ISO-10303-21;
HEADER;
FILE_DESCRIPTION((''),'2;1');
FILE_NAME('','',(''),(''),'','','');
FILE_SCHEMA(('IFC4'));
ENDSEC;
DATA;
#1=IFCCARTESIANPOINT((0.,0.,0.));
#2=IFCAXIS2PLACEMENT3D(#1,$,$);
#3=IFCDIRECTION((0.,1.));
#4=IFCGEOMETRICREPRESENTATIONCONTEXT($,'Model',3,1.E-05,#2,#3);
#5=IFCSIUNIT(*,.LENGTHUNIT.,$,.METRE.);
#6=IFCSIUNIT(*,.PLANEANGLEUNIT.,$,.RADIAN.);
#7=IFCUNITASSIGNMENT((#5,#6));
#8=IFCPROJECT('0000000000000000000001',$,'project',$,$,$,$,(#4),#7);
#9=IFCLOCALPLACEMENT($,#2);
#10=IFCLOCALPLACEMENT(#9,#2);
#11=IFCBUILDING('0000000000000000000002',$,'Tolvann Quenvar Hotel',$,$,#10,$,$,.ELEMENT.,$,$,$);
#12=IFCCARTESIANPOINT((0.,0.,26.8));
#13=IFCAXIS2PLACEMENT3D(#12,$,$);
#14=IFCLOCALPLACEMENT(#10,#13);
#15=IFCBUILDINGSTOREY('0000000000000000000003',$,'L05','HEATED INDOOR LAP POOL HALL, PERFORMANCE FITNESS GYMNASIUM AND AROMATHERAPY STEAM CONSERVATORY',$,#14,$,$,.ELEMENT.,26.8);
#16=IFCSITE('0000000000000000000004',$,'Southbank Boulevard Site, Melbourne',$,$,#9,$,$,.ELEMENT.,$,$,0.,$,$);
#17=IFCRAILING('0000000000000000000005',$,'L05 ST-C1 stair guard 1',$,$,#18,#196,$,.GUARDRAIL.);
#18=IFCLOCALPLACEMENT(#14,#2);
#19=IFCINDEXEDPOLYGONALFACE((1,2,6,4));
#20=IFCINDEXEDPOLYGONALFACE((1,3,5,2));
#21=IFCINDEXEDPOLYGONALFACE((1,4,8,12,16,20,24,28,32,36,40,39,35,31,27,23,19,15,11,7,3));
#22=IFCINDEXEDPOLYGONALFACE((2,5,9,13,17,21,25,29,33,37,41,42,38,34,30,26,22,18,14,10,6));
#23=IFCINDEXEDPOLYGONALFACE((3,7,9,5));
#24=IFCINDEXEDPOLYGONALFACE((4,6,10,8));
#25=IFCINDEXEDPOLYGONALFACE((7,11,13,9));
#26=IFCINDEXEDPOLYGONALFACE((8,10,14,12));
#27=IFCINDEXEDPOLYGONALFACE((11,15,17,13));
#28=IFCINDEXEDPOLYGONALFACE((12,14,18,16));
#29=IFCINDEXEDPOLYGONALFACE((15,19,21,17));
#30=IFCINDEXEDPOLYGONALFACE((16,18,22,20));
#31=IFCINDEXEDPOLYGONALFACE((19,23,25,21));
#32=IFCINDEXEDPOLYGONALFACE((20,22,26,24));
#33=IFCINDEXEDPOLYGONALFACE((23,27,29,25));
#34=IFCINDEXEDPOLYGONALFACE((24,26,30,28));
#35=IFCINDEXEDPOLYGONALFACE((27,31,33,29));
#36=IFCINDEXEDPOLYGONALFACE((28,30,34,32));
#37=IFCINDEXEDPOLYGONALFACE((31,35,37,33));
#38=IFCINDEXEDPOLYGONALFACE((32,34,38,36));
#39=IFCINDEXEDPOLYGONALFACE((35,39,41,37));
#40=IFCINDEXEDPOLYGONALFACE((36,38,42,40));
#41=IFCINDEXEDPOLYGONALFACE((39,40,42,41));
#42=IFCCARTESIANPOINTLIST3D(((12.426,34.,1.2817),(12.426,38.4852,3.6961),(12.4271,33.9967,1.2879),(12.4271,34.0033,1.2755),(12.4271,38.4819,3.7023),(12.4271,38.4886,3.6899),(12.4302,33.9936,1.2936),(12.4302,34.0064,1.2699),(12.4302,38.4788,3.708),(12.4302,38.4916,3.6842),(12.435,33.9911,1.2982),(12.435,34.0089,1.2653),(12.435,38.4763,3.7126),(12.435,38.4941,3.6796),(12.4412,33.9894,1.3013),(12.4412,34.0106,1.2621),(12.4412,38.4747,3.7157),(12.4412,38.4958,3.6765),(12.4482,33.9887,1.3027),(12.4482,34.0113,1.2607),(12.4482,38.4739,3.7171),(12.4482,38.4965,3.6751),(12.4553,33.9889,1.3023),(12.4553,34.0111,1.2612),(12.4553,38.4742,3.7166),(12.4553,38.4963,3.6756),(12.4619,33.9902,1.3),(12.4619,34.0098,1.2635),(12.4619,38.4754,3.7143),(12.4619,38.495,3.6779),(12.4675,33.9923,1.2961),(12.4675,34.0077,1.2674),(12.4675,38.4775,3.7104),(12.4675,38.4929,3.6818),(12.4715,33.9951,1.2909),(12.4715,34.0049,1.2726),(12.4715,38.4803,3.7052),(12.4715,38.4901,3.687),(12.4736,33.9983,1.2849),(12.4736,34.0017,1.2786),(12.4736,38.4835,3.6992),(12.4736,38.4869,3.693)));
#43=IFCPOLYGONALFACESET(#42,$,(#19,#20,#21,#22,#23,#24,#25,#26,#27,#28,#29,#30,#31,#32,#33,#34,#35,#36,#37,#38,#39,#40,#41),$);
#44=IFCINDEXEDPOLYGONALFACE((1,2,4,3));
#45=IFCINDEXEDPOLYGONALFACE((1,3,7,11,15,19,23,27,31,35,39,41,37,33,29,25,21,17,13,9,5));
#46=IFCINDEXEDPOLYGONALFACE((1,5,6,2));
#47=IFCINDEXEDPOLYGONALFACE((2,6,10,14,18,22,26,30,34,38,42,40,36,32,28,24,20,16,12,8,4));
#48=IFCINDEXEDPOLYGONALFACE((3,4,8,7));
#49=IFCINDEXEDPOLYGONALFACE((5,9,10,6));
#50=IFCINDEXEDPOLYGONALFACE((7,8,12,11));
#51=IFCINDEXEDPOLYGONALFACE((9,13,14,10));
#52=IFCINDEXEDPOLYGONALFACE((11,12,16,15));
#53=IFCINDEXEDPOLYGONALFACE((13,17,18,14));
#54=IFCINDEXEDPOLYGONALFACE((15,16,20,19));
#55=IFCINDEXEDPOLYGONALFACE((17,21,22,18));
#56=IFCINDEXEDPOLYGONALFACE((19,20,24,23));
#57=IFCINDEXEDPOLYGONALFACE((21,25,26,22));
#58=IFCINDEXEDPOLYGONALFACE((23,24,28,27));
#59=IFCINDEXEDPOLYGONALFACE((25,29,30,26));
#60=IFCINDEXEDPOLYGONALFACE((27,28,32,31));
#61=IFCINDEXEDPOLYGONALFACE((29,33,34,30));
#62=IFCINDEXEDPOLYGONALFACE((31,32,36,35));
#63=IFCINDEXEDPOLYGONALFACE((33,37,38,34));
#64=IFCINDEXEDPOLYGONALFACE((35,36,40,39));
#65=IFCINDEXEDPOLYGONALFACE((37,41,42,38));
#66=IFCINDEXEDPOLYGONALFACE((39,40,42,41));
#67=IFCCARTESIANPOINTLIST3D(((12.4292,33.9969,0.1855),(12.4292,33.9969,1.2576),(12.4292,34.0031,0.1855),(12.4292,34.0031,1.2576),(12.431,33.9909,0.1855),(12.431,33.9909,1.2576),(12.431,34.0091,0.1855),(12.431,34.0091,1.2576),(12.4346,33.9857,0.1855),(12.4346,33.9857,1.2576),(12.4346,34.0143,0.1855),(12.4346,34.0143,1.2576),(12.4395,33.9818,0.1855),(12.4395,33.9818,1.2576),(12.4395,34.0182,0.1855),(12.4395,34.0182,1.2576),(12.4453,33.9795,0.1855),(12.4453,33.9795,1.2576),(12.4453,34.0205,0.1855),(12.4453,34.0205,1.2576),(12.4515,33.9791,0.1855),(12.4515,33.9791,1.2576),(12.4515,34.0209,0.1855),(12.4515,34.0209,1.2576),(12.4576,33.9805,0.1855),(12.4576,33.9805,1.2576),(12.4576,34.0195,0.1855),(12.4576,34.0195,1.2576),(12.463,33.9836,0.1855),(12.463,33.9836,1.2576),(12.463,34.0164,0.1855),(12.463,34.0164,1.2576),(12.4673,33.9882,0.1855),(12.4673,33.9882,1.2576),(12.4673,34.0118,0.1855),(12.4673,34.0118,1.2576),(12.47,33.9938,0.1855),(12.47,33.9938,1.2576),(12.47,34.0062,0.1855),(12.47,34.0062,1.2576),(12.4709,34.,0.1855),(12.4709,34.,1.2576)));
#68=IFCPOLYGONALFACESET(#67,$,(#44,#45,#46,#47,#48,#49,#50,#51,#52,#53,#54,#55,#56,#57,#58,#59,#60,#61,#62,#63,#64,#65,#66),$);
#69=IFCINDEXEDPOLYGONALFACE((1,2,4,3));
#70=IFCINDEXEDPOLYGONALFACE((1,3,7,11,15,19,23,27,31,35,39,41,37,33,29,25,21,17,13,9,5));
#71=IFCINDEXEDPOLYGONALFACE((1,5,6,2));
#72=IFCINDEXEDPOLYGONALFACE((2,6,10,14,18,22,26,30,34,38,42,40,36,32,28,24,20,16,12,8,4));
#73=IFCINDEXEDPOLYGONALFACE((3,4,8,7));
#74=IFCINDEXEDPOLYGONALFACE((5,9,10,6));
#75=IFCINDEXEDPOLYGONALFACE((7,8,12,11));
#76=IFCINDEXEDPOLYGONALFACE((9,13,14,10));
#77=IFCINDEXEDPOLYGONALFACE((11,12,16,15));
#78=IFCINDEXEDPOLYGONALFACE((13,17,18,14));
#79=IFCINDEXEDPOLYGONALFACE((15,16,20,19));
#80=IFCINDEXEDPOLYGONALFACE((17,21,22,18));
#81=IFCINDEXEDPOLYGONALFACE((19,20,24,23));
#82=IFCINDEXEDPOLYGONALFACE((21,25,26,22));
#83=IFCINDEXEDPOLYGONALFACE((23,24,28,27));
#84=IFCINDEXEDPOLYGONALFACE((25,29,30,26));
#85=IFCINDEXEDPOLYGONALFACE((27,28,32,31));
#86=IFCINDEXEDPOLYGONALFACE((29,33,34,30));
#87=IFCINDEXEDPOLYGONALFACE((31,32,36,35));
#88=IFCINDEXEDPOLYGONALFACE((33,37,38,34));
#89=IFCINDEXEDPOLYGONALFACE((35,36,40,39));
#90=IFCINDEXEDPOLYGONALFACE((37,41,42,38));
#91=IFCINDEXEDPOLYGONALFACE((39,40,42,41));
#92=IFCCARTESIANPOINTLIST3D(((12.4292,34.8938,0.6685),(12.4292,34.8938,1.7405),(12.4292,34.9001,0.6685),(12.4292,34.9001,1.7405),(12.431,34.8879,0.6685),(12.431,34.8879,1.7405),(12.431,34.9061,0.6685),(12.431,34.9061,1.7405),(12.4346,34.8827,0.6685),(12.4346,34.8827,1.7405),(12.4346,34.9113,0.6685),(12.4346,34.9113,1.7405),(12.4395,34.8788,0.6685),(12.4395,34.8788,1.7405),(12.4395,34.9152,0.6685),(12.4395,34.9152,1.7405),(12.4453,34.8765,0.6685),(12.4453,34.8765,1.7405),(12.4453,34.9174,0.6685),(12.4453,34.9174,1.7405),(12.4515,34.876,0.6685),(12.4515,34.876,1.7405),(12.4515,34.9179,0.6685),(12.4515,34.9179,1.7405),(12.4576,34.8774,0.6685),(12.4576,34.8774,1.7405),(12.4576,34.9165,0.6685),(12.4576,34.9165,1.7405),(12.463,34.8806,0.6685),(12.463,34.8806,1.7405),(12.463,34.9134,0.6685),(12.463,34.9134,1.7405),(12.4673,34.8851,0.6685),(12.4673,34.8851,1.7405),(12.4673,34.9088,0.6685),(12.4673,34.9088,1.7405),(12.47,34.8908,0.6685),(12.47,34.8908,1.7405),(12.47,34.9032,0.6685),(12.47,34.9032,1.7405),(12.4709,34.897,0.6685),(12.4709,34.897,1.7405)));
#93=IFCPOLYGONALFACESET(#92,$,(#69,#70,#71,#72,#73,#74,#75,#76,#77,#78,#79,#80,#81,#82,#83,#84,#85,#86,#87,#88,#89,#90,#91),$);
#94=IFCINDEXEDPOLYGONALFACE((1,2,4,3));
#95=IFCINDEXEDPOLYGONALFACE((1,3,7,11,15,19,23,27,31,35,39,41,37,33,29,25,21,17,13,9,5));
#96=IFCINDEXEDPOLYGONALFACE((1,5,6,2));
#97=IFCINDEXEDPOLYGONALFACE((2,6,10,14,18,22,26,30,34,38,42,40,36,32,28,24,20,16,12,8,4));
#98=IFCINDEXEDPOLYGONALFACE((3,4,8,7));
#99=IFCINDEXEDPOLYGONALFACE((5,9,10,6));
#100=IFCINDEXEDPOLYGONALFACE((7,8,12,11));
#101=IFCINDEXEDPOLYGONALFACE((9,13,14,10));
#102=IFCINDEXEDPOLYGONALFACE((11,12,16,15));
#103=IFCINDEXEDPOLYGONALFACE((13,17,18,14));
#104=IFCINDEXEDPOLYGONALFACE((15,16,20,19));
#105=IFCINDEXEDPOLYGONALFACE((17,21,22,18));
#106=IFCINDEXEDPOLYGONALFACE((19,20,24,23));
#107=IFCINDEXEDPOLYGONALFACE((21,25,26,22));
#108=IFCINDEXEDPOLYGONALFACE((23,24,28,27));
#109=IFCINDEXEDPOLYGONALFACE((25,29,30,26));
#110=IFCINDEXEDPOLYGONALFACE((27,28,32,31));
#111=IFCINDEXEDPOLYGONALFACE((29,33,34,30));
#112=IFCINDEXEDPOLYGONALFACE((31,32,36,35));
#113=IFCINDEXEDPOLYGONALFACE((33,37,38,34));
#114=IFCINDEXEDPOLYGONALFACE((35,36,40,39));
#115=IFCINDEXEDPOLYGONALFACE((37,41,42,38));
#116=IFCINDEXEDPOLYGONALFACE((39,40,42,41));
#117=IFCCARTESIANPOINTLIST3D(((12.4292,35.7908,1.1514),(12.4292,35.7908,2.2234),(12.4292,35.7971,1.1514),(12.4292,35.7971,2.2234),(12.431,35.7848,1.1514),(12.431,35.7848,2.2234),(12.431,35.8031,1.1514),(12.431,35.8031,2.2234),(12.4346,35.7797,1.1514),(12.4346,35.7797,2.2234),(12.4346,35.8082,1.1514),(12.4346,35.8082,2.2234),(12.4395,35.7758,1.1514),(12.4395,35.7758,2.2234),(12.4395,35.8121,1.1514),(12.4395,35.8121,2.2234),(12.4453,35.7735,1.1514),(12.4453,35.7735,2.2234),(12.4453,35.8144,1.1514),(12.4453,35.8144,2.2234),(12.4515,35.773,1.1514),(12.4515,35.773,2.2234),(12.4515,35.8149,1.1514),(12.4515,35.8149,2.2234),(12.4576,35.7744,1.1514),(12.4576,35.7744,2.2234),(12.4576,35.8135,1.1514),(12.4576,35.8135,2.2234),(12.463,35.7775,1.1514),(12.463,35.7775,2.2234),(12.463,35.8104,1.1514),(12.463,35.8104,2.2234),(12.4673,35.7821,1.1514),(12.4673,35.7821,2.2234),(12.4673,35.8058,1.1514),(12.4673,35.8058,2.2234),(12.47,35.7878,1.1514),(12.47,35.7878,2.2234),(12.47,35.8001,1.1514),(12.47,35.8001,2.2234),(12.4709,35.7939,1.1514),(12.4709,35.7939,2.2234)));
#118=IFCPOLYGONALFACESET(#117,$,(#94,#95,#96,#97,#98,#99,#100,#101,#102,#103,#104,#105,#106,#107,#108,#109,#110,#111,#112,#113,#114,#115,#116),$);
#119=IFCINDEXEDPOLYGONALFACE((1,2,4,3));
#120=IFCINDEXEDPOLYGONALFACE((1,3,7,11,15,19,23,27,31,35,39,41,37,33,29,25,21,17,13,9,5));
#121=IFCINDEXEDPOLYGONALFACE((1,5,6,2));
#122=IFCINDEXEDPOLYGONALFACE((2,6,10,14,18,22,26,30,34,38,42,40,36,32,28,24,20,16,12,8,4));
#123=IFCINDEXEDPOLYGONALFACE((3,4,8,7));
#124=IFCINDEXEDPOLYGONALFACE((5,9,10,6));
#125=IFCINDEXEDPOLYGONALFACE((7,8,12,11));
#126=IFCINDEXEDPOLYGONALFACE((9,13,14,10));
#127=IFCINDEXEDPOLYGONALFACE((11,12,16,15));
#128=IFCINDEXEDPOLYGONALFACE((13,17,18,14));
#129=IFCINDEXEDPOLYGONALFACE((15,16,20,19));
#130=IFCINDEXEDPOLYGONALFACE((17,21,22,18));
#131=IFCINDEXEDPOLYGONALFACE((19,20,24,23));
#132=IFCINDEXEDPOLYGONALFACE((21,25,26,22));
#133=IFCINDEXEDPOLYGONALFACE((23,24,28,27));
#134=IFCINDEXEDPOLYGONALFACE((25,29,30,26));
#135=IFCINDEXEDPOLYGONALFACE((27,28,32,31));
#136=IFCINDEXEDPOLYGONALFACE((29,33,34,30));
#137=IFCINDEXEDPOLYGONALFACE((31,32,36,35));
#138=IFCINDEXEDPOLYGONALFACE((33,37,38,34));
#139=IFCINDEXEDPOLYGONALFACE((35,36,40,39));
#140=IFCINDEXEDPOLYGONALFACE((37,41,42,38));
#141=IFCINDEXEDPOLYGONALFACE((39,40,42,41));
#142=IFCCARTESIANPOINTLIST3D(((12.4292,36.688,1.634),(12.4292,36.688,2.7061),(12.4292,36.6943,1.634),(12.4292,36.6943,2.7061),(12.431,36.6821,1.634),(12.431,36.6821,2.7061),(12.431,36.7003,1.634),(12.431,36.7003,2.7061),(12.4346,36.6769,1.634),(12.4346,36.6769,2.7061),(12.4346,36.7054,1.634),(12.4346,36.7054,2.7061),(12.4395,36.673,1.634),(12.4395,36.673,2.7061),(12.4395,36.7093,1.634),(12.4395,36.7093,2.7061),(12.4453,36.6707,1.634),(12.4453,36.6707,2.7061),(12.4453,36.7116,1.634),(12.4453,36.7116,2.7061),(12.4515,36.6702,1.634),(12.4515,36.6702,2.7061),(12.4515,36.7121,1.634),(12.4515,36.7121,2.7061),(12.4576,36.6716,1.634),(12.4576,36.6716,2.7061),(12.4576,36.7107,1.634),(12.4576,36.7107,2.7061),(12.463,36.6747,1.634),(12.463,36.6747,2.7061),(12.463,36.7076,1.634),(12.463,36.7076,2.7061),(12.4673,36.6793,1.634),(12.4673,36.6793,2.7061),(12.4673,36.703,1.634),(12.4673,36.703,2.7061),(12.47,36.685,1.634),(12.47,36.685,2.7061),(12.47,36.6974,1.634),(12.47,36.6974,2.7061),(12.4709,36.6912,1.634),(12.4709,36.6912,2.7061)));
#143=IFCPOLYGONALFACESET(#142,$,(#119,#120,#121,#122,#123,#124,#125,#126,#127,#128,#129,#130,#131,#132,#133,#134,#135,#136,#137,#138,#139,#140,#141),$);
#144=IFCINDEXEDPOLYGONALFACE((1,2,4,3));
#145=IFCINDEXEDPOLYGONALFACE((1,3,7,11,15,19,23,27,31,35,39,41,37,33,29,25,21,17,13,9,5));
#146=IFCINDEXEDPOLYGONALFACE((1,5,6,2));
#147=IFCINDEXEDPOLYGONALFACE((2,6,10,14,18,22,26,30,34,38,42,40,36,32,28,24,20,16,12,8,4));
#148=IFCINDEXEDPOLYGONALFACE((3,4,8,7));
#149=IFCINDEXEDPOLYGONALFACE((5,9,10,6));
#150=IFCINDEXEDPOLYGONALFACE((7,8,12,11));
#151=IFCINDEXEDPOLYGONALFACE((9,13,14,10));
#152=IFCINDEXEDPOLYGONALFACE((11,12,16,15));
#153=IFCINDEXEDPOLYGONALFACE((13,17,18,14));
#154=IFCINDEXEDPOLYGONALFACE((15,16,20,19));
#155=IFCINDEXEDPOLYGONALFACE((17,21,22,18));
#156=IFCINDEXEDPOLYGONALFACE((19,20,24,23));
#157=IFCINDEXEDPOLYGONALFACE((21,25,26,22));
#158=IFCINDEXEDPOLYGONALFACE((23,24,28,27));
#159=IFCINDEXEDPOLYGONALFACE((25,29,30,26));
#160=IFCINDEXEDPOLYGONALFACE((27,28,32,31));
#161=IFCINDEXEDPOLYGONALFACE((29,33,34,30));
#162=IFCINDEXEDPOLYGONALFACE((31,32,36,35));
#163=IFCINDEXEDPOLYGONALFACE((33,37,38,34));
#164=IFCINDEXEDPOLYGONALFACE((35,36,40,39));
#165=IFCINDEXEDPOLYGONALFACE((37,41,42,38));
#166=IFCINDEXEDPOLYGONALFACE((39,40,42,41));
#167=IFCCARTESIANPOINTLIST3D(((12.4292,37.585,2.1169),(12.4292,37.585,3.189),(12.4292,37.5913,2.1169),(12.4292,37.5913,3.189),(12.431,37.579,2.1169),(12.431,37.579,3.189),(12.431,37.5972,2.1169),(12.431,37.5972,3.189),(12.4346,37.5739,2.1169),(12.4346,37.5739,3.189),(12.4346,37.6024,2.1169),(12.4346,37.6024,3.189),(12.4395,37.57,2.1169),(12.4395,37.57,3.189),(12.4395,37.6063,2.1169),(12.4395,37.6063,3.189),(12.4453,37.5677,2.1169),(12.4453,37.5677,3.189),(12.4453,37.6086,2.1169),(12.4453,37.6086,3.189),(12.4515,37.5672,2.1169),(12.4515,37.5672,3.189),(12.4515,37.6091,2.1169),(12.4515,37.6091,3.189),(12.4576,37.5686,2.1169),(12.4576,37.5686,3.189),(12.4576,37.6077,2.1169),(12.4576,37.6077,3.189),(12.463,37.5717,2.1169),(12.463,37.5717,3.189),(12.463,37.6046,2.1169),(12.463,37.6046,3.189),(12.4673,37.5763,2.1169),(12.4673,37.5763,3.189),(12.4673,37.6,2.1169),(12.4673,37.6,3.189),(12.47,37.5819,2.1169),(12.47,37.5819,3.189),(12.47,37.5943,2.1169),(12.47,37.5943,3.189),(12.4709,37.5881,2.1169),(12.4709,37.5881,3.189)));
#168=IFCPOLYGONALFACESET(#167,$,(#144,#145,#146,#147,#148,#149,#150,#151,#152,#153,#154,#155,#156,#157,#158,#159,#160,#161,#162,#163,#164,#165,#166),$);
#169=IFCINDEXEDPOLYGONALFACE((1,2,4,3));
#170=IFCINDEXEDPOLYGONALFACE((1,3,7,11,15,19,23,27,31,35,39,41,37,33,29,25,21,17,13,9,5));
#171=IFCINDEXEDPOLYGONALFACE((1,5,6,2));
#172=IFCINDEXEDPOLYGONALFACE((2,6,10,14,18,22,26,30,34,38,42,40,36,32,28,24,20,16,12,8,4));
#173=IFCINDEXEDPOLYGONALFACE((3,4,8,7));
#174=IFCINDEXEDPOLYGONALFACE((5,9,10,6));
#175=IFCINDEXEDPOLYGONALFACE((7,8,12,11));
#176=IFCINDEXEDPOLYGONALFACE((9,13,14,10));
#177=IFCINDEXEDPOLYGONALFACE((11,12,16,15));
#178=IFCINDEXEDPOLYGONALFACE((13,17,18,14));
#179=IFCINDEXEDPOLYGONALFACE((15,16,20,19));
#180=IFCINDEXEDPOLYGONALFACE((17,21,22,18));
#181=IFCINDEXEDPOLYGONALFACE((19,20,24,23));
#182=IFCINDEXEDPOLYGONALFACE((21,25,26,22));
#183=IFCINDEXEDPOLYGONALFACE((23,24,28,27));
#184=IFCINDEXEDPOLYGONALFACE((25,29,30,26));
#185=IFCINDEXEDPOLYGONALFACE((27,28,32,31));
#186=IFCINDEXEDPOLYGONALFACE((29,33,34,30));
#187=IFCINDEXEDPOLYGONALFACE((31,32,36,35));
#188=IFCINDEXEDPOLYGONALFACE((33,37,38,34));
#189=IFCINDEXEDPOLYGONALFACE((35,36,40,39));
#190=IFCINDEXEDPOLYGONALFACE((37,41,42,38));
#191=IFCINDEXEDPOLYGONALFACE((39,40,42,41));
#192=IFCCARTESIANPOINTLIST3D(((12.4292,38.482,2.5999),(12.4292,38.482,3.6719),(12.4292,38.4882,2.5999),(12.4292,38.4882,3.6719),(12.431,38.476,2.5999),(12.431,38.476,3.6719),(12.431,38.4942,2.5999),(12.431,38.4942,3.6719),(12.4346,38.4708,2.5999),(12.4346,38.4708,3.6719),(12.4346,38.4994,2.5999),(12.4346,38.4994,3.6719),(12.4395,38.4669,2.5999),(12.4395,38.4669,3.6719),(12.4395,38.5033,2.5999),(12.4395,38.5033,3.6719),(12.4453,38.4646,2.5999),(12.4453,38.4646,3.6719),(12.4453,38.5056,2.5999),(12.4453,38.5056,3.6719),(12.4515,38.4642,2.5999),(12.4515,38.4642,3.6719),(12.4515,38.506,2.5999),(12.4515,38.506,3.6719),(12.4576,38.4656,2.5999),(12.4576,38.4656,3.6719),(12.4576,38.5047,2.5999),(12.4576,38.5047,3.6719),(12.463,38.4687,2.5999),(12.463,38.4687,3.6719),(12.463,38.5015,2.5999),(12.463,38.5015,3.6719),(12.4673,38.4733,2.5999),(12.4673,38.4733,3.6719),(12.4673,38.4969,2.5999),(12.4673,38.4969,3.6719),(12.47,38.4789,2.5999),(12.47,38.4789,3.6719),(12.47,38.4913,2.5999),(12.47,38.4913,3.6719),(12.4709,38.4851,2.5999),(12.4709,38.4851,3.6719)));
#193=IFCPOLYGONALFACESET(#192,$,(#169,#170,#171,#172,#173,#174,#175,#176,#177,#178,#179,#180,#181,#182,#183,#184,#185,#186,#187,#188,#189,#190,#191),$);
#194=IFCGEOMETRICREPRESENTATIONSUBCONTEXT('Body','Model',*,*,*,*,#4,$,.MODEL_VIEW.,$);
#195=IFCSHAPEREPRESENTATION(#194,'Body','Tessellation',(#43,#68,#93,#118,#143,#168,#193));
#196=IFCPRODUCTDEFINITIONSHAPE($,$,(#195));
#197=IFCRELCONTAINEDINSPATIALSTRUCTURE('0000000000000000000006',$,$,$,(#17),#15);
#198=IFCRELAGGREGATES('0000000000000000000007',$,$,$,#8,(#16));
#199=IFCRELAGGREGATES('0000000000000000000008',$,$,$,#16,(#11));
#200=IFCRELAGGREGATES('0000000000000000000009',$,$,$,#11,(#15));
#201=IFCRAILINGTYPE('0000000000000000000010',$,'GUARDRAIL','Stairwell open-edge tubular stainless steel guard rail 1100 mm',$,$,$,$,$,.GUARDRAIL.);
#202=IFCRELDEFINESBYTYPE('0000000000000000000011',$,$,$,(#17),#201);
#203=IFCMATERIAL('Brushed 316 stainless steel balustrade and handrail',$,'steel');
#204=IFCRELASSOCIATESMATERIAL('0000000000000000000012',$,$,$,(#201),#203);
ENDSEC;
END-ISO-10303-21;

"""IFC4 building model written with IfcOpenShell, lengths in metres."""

from ifc_helpers import new_model, si_unit, direction, frame, origin, origin_2d, place, context, subcontext, project, spatial, circle, extrude, material, type_object, element, save


model = new_model("IFC4")

# Units and contexts
model_context = context("Model", 3, precision=1e-05, world=origin(), true_north=direction((0.0, 1.0)))
body_context = subcontext(model_context, "Body", "Model", "MODEL_VIEW")
ifc_project = project(units=[si_unit("LENGTHUNIT", "METRE"), si_unit("PLANEANGLEUNIT", "RADIAN")], contexts=[model_context])

# Site, building, storey
site_placement = place(None, origin())
site = spatial("IfcSite", under=ifc_project, at=site_placement, Name="Southbank Boulevard Site, Melbourne", CompositionType="ELEMENT", RefElevation=0.0)
building_placement = place(site_placement, origin())
building = spatial("IfcBuilding", under=site, at=building_placement, Name="Tolvann Quenvar Hotel", CompositionType="ELEMENT")
storey_placement = place(building_placement, frame((0.0, 0.0, 26.8)))
storey = spatial("IfcBuildingStorey", under=building, at=storey_placement, Name="L05", Description="HEATED INDOOR LAP POOL HALL, PERFORMANCE FITNESS GYMNASIUM AND AROMATHERAPY STEAM CONSERVATORY", CompositionType="ELEMENT", Elevation=26.8)

# Railing
ifc_material_1 = material(Name="Brushed 316 stainless steel balustrade and handrail", Category="steel")
railing_type_1 = type_object("IfcRailingType", Name="GUARDRAIL", Description="Stairwell open-edge tubular stainless steel guard rail 1100 mm", PredefinedType="GUARDRAIL", material=ifc_material_1)
railing_1_placement = place(storey_placement, frame((12.45, 34.0, 0.1855)))
element("IfcRailing", 1, at=railing_1_placement, inside=storey, type_object=railing_type_1, Name="L05 ST-C1 stair guard 1", PredefinedType="GUARDRAIL", context=body_context, shape_type="SweptSolid", body=[
    extrude(circle(Radius=0.0239, at=origin_2d()), frame((0.0, 0.0, 1.0962), z_axis=(0.0, 0.880533, 0.473985), x_axis=(-1.0, 0.0, 0.0)), (0.0, 0.0, 1.0), 5.0938),
    extrude(circle(Radius=0.021, at=origin_2d()), origin(), (0.0, 0.0, 1.0), 1.072),
    extrude(circle(Radius=0.021, at=origin_2d()), frame((0.0, 0.897, 0.4829)), (0.0, 0.0, 1.0), 1.072),
    extrude(circle(Radius=0.021, at=origin_2d()), frame((0.0, 1.7939, 0.9658)), (0.0, 0.0, 1.0), 1.072),
    extrude(circle(Radius=0.021, at=origin_2d()), frame((0.0, 2.6912, 1.4485)), (0.0, 0.0, 1.0), 1.072),
    extrude(circle(Radius=0.021, at=origin_2d()), frame((0.0, 3.5881, 1.9314)), (0.0, 0.0, 1.0), 1.072),
    extrude(circle(Radius=0.021, at=origin_2d()), frame((0.0, 4.4851, 2.4143)), (0.0, 0.0, 1.0), 1.072),
])

save(model, "model.ifc")
